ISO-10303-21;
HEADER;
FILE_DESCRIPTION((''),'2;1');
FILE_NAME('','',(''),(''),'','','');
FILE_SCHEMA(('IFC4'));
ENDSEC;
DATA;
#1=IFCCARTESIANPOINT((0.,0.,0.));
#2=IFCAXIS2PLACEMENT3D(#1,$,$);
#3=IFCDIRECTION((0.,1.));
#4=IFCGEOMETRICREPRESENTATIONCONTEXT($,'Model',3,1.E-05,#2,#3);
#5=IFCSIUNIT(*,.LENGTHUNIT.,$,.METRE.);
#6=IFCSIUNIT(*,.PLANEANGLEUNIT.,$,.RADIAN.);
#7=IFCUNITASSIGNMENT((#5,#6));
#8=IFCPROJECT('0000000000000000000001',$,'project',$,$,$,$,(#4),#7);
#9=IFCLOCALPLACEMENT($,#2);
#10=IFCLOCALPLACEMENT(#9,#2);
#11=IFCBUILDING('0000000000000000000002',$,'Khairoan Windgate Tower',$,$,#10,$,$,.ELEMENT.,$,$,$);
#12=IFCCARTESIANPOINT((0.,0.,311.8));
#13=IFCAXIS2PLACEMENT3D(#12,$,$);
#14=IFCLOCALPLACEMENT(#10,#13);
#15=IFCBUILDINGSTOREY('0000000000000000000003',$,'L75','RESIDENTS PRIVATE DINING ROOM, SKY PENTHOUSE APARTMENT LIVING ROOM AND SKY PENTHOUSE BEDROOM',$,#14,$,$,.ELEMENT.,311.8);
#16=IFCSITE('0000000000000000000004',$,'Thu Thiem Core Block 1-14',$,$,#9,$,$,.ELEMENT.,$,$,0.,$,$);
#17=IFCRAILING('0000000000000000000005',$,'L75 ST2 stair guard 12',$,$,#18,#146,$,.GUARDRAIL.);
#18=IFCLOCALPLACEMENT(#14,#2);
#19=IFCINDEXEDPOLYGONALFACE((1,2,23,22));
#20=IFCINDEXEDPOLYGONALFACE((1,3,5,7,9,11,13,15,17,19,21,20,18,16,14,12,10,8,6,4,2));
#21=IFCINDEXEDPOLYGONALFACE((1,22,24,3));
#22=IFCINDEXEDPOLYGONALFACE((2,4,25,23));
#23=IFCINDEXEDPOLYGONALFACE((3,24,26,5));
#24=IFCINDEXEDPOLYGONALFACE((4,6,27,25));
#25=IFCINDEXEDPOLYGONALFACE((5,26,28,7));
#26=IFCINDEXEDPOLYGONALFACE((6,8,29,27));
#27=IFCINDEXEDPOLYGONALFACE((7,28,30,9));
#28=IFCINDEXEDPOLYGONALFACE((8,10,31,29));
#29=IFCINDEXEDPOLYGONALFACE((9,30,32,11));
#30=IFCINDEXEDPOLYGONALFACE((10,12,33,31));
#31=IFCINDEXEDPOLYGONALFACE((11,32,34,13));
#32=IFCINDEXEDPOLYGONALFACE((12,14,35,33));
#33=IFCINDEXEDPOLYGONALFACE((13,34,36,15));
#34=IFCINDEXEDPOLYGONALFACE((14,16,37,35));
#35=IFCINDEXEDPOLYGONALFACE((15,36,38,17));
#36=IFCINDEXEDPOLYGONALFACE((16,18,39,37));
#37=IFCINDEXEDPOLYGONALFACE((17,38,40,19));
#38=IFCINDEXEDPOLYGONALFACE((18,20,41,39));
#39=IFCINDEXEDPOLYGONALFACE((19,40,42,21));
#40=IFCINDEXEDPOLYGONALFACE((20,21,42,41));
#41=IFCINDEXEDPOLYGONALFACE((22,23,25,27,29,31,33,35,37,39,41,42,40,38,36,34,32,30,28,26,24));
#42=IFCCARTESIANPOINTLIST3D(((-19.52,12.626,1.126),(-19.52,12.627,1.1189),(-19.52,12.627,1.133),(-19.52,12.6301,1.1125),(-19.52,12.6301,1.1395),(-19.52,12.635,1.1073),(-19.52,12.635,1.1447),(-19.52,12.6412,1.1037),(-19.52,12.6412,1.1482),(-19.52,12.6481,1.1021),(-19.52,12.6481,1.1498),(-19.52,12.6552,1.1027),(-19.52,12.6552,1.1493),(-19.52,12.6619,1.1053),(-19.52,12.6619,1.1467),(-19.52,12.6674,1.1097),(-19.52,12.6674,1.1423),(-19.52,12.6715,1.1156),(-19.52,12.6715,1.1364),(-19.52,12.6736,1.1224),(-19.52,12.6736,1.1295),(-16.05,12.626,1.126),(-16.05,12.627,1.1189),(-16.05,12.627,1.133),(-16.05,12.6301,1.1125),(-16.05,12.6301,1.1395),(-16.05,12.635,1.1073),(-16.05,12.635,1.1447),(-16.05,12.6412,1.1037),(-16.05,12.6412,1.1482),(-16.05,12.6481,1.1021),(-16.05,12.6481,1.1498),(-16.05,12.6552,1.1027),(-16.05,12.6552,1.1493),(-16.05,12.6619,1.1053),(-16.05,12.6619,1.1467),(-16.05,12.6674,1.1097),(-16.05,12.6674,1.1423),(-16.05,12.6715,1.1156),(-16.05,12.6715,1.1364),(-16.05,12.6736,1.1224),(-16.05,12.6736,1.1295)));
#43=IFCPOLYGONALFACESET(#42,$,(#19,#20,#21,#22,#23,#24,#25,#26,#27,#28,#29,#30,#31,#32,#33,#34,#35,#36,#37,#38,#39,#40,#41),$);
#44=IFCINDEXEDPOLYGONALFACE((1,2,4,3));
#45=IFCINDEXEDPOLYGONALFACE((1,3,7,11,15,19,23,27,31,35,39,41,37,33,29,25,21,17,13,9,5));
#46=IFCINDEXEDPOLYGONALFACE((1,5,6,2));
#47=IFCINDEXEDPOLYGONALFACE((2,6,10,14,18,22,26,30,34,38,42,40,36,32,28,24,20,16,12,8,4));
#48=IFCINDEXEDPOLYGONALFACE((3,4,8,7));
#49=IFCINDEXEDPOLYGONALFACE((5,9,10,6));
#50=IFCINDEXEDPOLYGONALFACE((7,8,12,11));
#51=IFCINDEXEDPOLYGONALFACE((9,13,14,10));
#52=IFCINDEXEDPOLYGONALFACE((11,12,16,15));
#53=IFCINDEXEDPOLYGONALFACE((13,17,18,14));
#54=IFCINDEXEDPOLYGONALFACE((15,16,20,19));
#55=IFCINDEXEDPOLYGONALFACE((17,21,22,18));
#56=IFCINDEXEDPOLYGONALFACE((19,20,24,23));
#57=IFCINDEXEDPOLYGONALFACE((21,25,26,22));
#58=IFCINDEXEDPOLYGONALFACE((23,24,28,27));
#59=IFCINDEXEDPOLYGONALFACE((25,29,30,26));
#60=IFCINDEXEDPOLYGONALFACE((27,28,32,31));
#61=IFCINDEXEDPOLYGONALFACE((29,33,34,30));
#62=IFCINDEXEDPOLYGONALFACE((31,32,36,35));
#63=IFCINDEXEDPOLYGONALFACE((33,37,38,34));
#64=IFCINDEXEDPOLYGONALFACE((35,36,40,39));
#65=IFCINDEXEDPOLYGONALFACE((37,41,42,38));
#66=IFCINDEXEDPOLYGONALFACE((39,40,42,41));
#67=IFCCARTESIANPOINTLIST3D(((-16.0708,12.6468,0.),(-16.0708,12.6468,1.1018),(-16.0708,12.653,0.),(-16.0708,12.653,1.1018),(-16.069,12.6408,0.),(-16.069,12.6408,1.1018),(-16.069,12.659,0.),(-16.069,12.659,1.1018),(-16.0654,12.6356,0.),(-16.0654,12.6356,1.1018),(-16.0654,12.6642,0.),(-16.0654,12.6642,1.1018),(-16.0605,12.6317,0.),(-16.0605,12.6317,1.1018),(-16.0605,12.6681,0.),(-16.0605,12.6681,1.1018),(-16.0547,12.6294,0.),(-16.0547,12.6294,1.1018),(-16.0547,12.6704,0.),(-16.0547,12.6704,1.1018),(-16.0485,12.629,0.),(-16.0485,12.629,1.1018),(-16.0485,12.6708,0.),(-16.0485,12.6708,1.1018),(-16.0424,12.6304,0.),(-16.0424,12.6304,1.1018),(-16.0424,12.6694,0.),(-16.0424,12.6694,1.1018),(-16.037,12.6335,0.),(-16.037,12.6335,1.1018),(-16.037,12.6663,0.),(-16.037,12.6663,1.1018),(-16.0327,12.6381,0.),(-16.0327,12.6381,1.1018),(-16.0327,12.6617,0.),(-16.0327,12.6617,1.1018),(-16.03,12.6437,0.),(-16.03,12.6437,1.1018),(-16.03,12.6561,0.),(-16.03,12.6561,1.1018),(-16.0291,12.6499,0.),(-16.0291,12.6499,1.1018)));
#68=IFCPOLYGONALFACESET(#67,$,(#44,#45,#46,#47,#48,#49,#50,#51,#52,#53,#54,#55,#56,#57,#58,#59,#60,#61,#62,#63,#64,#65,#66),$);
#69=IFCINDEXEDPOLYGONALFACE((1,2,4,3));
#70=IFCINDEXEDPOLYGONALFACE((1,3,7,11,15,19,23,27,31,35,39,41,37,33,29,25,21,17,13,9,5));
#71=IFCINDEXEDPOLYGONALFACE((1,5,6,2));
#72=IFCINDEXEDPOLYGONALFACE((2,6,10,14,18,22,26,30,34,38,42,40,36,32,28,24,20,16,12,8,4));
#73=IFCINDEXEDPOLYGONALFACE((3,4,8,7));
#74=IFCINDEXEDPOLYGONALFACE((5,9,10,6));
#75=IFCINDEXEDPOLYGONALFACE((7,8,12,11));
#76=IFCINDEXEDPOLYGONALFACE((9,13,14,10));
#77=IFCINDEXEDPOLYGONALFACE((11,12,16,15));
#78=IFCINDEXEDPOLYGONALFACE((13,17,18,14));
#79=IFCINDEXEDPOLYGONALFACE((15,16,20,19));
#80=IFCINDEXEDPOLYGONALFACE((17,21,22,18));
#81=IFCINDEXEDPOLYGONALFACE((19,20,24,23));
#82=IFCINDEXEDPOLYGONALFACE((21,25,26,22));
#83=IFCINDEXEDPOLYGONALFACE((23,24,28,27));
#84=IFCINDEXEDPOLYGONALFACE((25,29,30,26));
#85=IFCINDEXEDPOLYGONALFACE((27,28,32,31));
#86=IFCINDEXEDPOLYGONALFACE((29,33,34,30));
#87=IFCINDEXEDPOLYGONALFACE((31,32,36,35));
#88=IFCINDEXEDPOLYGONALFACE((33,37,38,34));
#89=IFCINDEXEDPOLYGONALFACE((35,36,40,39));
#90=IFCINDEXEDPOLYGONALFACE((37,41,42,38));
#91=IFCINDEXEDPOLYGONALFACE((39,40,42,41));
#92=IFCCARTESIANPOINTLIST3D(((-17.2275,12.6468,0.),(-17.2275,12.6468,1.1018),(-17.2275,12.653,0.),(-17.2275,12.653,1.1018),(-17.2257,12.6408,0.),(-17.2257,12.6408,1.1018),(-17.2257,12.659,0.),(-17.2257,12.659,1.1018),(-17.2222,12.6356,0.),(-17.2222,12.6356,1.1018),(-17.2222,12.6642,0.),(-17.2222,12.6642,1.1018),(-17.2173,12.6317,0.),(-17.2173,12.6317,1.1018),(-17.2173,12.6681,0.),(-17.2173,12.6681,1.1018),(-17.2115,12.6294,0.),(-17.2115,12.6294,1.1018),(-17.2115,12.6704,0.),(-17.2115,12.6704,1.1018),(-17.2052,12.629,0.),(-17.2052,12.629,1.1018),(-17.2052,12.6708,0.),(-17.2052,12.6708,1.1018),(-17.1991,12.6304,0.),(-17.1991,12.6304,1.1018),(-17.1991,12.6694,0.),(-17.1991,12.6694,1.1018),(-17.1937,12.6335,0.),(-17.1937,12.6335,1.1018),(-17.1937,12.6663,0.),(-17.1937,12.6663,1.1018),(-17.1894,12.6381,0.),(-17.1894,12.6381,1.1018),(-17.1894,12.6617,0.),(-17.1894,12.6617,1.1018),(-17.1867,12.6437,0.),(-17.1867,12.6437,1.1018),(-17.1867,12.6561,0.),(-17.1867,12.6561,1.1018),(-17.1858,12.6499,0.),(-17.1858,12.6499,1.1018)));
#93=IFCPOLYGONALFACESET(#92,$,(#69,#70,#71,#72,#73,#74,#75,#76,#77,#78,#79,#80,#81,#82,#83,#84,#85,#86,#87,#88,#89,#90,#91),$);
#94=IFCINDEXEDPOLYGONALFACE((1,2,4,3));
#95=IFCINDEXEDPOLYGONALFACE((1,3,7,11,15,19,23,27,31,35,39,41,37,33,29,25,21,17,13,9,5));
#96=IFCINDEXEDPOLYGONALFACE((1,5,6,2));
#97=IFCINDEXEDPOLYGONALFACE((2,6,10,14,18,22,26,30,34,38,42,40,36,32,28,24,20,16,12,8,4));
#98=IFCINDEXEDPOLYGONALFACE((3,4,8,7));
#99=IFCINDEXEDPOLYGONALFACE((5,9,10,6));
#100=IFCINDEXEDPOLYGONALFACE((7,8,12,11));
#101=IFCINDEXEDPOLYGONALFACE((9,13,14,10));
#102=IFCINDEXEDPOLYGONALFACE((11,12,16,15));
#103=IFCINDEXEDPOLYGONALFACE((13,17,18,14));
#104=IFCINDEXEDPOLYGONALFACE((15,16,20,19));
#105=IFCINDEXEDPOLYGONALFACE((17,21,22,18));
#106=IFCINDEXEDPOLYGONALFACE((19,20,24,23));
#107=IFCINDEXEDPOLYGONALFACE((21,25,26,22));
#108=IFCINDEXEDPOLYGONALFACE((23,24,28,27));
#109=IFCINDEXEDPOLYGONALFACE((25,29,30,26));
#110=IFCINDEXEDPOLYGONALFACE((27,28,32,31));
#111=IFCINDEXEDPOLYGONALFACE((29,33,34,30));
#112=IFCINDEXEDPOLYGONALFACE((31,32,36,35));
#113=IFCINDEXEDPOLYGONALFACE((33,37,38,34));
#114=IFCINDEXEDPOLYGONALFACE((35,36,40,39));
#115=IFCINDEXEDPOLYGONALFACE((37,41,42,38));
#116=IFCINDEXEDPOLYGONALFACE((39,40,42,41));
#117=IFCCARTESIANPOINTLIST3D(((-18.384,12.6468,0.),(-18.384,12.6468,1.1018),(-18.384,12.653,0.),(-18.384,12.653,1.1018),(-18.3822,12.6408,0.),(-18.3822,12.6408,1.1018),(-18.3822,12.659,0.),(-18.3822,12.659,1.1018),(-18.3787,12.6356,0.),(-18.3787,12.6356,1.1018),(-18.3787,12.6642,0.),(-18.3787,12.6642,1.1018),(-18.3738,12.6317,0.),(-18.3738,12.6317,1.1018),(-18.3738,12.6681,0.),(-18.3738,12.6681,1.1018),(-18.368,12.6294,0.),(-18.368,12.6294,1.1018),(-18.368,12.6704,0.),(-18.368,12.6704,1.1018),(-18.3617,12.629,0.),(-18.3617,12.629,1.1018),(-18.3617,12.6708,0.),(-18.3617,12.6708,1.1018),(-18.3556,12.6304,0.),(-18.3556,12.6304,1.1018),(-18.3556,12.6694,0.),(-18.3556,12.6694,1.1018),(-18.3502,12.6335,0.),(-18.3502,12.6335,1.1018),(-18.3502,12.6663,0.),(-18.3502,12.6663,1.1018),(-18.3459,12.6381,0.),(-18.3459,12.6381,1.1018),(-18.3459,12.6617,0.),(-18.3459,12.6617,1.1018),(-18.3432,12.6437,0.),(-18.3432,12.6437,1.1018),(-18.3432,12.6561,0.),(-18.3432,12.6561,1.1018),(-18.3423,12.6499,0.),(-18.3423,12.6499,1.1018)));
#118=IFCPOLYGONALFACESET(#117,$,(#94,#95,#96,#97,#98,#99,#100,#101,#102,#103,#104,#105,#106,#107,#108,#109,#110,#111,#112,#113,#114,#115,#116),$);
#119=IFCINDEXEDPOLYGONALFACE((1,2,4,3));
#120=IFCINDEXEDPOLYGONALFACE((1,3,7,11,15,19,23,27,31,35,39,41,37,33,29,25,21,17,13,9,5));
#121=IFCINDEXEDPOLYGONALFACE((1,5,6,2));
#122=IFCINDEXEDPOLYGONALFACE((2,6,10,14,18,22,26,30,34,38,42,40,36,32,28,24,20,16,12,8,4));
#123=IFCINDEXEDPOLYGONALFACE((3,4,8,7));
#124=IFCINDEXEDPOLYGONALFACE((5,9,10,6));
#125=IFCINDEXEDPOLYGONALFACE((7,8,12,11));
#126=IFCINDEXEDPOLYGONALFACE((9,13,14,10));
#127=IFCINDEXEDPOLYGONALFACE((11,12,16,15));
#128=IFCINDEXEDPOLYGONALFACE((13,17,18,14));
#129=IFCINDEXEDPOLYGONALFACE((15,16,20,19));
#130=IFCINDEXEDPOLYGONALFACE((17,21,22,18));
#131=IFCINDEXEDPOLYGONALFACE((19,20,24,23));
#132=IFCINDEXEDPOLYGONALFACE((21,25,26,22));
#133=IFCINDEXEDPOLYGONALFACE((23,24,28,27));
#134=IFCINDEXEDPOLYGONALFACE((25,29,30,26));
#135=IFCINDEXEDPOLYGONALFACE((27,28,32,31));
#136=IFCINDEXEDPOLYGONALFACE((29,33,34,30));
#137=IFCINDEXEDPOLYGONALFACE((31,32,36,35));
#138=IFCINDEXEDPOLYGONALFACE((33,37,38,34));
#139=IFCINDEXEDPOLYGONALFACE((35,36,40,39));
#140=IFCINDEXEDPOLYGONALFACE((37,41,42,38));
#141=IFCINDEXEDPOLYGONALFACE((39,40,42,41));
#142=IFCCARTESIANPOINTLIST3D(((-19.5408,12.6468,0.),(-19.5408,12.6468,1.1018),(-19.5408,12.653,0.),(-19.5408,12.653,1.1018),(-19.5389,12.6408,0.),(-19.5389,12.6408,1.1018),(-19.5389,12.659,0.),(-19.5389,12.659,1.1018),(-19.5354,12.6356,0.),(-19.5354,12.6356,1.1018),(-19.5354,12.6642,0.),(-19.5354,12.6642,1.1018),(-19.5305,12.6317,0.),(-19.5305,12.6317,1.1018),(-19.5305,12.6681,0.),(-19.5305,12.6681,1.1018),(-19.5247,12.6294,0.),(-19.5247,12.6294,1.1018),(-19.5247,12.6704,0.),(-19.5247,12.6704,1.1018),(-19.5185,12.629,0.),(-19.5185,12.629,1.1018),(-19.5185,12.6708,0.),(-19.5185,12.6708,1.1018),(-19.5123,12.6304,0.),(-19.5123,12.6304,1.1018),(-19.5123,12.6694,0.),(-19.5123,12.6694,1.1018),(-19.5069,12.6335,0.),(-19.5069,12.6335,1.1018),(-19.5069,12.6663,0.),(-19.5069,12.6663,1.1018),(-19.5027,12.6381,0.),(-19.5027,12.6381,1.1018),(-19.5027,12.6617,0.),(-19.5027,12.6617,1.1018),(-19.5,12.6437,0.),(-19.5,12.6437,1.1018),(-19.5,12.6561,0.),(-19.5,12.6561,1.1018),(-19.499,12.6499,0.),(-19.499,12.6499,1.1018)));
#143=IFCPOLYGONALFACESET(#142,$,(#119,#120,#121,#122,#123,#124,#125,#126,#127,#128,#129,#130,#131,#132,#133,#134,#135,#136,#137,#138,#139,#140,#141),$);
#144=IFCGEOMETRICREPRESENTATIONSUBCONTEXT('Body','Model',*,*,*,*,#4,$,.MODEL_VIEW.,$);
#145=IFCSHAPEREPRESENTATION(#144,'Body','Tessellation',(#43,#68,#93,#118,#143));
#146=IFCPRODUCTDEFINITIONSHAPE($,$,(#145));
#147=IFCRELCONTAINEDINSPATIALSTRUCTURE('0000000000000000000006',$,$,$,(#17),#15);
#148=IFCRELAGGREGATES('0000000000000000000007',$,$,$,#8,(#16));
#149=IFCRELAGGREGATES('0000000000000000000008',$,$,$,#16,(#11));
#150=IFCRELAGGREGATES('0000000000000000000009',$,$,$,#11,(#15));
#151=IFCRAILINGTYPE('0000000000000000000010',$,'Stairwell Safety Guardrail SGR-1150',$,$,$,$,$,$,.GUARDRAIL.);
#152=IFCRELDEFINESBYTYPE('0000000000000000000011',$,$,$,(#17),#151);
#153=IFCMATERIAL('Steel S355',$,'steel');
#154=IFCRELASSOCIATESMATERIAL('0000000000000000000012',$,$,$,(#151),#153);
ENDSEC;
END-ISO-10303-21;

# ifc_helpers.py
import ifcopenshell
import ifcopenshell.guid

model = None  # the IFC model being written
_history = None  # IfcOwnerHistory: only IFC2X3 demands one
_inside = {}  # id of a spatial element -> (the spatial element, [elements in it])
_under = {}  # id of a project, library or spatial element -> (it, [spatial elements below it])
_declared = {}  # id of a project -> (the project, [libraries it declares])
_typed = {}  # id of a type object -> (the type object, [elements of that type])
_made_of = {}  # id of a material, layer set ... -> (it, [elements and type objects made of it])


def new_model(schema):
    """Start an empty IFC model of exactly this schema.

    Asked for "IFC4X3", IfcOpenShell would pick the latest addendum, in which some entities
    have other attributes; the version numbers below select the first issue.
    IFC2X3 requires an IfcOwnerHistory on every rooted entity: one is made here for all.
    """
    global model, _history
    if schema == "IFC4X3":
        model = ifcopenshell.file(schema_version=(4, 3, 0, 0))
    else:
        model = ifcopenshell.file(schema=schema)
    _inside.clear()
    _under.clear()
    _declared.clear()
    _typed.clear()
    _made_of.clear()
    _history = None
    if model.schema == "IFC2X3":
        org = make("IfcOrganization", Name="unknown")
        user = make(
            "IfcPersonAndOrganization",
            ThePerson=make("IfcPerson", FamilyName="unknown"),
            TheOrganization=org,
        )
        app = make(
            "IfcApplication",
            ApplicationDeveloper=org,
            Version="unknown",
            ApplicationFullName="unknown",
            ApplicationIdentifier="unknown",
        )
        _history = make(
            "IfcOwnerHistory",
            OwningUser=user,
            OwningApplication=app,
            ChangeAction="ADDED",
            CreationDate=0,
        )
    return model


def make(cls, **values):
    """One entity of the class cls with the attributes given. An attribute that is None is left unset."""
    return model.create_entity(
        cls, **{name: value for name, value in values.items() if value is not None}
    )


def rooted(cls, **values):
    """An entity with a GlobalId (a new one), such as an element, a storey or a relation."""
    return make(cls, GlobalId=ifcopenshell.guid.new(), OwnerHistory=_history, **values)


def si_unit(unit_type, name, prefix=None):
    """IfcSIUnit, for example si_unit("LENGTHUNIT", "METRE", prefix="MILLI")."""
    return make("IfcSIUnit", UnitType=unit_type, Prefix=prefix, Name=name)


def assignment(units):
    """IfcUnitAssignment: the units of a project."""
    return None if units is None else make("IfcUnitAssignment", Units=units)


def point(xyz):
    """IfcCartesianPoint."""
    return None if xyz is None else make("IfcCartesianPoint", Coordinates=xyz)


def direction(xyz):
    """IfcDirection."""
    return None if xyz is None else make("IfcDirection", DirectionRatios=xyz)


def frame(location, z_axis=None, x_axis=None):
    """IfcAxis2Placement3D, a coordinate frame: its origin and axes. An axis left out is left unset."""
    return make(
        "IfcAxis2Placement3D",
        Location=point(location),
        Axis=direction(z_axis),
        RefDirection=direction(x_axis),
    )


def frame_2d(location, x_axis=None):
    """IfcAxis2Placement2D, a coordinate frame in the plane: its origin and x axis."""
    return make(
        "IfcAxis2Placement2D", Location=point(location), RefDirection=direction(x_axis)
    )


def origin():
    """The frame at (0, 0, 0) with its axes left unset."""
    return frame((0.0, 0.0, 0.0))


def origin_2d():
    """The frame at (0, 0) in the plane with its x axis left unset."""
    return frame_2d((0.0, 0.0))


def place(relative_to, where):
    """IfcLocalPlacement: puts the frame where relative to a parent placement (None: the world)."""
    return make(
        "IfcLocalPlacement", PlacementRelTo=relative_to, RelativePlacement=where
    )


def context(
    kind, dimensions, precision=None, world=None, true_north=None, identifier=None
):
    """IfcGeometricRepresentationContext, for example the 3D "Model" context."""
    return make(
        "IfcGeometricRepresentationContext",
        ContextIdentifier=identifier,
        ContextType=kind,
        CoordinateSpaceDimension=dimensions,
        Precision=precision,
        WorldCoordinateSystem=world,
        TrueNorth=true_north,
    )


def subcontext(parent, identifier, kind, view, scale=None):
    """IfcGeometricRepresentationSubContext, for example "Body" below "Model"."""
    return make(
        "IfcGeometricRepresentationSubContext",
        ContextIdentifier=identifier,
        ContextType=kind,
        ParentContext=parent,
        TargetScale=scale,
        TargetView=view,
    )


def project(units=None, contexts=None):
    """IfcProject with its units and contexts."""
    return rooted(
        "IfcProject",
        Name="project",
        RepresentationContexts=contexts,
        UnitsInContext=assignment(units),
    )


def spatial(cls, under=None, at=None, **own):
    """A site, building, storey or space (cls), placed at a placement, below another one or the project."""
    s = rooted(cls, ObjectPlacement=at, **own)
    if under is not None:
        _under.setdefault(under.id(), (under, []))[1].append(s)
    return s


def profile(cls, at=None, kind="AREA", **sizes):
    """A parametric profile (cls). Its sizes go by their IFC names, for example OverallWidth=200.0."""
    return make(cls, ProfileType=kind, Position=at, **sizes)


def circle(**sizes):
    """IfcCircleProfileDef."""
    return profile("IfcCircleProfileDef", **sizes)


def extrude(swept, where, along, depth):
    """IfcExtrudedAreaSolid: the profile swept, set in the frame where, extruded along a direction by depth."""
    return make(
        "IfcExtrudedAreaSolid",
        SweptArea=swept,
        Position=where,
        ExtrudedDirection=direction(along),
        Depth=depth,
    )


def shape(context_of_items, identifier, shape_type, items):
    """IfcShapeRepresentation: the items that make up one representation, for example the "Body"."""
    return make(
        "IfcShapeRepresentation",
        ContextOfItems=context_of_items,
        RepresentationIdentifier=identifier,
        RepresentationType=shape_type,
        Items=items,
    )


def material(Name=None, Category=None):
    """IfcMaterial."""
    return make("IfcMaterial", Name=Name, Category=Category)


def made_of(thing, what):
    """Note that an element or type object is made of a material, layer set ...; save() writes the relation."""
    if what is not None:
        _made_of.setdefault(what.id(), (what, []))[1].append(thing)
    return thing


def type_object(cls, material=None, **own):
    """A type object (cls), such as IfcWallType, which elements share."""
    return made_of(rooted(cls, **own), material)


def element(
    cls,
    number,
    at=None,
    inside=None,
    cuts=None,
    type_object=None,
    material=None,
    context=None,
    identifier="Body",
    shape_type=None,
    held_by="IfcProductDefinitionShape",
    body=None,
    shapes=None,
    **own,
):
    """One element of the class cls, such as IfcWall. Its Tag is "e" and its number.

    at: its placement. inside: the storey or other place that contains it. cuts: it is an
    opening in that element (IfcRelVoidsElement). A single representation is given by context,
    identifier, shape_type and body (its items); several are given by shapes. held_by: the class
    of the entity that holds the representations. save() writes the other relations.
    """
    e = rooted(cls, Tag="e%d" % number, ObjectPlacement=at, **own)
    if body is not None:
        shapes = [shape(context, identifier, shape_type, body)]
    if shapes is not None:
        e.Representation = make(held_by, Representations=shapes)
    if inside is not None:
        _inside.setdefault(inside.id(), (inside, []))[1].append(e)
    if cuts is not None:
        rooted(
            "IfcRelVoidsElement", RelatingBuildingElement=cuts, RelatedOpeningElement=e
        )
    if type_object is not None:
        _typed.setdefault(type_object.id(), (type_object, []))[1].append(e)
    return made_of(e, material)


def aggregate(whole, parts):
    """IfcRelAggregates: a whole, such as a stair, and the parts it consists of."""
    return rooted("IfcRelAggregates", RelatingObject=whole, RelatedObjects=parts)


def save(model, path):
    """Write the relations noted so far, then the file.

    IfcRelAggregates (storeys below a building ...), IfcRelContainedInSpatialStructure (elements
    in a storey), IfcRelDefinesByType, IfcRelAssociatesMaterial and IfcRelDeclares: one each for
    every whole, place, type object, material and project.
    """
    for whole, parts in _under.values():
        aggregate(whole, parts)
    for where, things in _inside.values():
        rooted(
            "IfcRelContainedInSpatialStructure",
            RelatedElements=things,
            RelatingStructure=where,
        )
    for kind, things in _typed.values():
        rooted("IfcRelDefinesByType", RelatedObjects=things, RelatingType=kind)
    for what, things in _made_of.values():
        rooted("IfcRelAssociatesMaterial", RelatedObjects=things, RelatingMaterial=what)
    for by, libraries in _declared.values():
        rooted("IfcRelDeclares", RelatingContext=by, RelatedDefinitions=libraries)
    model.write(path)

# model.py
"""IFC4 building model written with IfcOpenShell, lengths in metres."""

from ifc_helpers import new_model, si_unit, direction, frame, origin, origin_2d, place, context, subcontext, project, spatial, circle, extrude, material, type_object, element, save


model = new_model("IFC4")

# Units and contexts
model_context = context("Model", 3, precision=1e-05, world=origin(), true_north=direction((0.0, 1.0)))
body_context = subcontext(model_context, "Body", "Model", "MODEL_VIEW")
ifc_project = project(units=[si_unit("LENGTHUNIT", "METRE"), si_unit("PLANEANGLEUNIT", "RADIAN")], contexts=[model_context])

# Site, building, storey
site_placement = place(None, origin())
site = spatial("IfcSite", under=ifc_project, at=site_placement, Name="Thu Thiem Core Block 1-14", CompositionType="ELEMENT", RefElevation=0.0)
building_placement = place(site_placement, origin())
building = spatial("IfcBuilding", under=site, at=building_placement, Name="Khairoan Windgate Tower", CompositionType="ELEMENT")
storey_placement = place(building_placement, frame((0.0, 0.0, 311.8)))
storey = spatial("IfcBuildingStorey", under=building, at=storey_placement, Name="L75", Description="RESIDENTS PRIVATE DINING ROOM, SKY PENTHOUSE APARTMENT LIVING ROOM AND SKY PENTHOUSE BEDROOM", CompositionType="ELEMENT", Elevation=311.8)

# Railing
ifc_material_1 = material(Name="Steel S355", Category="steel")
railing_type = type_object("IfcRailingType", Name="Stairwell Safety Guardrail SGR-1150", PredefinedType="GUARDRAIL", material=ifc_material_1)
railing_1_placement = place(storey_placement, frame((-16.05, 12.6499, 0.0)))
element("IfcRailing", 1, at=railing_1_placement, inside=storey, type_object=railing_type, Name="L75 ST2 stair guard 12", PredefinedType="GUARDRAIL", context=body_context, shape_type="SweptSolid", body=[
    extrude(circle(Radius=0.0239, at=origin_2d()), frame((0.0, 0.0, 1.126), z_axis=(-1.0, 0.0, 0.0), x_axis=(0.0, -1.0, 0.0)), (0.0, 0.0, 1.0), 3.47),
    extrude(circle(Radius=0.021, at=origin_2d()), origin(), (0.0, 0.0, 1.0), 1.1018),
    extrude(circle(Radius=0.021, at=origin_2d()), frame((-1.1567, 0.0, 0.0)), (0.0, 0.0, 1.0), 1.1018),
    extrude(circle(Radius=0.021, at=origin_2d()), frame((-2.3132, 0.0, 0.0)), (0.0, 0.0, 1.0), 1.1018),
    extrude(circle(Radius=0.021, at=origin_2d()), frame((-3.47, 0.0, 0.0)), (0.0, 0.0, 1.0), 1.1018),
])

save(model, "model.ifc")
